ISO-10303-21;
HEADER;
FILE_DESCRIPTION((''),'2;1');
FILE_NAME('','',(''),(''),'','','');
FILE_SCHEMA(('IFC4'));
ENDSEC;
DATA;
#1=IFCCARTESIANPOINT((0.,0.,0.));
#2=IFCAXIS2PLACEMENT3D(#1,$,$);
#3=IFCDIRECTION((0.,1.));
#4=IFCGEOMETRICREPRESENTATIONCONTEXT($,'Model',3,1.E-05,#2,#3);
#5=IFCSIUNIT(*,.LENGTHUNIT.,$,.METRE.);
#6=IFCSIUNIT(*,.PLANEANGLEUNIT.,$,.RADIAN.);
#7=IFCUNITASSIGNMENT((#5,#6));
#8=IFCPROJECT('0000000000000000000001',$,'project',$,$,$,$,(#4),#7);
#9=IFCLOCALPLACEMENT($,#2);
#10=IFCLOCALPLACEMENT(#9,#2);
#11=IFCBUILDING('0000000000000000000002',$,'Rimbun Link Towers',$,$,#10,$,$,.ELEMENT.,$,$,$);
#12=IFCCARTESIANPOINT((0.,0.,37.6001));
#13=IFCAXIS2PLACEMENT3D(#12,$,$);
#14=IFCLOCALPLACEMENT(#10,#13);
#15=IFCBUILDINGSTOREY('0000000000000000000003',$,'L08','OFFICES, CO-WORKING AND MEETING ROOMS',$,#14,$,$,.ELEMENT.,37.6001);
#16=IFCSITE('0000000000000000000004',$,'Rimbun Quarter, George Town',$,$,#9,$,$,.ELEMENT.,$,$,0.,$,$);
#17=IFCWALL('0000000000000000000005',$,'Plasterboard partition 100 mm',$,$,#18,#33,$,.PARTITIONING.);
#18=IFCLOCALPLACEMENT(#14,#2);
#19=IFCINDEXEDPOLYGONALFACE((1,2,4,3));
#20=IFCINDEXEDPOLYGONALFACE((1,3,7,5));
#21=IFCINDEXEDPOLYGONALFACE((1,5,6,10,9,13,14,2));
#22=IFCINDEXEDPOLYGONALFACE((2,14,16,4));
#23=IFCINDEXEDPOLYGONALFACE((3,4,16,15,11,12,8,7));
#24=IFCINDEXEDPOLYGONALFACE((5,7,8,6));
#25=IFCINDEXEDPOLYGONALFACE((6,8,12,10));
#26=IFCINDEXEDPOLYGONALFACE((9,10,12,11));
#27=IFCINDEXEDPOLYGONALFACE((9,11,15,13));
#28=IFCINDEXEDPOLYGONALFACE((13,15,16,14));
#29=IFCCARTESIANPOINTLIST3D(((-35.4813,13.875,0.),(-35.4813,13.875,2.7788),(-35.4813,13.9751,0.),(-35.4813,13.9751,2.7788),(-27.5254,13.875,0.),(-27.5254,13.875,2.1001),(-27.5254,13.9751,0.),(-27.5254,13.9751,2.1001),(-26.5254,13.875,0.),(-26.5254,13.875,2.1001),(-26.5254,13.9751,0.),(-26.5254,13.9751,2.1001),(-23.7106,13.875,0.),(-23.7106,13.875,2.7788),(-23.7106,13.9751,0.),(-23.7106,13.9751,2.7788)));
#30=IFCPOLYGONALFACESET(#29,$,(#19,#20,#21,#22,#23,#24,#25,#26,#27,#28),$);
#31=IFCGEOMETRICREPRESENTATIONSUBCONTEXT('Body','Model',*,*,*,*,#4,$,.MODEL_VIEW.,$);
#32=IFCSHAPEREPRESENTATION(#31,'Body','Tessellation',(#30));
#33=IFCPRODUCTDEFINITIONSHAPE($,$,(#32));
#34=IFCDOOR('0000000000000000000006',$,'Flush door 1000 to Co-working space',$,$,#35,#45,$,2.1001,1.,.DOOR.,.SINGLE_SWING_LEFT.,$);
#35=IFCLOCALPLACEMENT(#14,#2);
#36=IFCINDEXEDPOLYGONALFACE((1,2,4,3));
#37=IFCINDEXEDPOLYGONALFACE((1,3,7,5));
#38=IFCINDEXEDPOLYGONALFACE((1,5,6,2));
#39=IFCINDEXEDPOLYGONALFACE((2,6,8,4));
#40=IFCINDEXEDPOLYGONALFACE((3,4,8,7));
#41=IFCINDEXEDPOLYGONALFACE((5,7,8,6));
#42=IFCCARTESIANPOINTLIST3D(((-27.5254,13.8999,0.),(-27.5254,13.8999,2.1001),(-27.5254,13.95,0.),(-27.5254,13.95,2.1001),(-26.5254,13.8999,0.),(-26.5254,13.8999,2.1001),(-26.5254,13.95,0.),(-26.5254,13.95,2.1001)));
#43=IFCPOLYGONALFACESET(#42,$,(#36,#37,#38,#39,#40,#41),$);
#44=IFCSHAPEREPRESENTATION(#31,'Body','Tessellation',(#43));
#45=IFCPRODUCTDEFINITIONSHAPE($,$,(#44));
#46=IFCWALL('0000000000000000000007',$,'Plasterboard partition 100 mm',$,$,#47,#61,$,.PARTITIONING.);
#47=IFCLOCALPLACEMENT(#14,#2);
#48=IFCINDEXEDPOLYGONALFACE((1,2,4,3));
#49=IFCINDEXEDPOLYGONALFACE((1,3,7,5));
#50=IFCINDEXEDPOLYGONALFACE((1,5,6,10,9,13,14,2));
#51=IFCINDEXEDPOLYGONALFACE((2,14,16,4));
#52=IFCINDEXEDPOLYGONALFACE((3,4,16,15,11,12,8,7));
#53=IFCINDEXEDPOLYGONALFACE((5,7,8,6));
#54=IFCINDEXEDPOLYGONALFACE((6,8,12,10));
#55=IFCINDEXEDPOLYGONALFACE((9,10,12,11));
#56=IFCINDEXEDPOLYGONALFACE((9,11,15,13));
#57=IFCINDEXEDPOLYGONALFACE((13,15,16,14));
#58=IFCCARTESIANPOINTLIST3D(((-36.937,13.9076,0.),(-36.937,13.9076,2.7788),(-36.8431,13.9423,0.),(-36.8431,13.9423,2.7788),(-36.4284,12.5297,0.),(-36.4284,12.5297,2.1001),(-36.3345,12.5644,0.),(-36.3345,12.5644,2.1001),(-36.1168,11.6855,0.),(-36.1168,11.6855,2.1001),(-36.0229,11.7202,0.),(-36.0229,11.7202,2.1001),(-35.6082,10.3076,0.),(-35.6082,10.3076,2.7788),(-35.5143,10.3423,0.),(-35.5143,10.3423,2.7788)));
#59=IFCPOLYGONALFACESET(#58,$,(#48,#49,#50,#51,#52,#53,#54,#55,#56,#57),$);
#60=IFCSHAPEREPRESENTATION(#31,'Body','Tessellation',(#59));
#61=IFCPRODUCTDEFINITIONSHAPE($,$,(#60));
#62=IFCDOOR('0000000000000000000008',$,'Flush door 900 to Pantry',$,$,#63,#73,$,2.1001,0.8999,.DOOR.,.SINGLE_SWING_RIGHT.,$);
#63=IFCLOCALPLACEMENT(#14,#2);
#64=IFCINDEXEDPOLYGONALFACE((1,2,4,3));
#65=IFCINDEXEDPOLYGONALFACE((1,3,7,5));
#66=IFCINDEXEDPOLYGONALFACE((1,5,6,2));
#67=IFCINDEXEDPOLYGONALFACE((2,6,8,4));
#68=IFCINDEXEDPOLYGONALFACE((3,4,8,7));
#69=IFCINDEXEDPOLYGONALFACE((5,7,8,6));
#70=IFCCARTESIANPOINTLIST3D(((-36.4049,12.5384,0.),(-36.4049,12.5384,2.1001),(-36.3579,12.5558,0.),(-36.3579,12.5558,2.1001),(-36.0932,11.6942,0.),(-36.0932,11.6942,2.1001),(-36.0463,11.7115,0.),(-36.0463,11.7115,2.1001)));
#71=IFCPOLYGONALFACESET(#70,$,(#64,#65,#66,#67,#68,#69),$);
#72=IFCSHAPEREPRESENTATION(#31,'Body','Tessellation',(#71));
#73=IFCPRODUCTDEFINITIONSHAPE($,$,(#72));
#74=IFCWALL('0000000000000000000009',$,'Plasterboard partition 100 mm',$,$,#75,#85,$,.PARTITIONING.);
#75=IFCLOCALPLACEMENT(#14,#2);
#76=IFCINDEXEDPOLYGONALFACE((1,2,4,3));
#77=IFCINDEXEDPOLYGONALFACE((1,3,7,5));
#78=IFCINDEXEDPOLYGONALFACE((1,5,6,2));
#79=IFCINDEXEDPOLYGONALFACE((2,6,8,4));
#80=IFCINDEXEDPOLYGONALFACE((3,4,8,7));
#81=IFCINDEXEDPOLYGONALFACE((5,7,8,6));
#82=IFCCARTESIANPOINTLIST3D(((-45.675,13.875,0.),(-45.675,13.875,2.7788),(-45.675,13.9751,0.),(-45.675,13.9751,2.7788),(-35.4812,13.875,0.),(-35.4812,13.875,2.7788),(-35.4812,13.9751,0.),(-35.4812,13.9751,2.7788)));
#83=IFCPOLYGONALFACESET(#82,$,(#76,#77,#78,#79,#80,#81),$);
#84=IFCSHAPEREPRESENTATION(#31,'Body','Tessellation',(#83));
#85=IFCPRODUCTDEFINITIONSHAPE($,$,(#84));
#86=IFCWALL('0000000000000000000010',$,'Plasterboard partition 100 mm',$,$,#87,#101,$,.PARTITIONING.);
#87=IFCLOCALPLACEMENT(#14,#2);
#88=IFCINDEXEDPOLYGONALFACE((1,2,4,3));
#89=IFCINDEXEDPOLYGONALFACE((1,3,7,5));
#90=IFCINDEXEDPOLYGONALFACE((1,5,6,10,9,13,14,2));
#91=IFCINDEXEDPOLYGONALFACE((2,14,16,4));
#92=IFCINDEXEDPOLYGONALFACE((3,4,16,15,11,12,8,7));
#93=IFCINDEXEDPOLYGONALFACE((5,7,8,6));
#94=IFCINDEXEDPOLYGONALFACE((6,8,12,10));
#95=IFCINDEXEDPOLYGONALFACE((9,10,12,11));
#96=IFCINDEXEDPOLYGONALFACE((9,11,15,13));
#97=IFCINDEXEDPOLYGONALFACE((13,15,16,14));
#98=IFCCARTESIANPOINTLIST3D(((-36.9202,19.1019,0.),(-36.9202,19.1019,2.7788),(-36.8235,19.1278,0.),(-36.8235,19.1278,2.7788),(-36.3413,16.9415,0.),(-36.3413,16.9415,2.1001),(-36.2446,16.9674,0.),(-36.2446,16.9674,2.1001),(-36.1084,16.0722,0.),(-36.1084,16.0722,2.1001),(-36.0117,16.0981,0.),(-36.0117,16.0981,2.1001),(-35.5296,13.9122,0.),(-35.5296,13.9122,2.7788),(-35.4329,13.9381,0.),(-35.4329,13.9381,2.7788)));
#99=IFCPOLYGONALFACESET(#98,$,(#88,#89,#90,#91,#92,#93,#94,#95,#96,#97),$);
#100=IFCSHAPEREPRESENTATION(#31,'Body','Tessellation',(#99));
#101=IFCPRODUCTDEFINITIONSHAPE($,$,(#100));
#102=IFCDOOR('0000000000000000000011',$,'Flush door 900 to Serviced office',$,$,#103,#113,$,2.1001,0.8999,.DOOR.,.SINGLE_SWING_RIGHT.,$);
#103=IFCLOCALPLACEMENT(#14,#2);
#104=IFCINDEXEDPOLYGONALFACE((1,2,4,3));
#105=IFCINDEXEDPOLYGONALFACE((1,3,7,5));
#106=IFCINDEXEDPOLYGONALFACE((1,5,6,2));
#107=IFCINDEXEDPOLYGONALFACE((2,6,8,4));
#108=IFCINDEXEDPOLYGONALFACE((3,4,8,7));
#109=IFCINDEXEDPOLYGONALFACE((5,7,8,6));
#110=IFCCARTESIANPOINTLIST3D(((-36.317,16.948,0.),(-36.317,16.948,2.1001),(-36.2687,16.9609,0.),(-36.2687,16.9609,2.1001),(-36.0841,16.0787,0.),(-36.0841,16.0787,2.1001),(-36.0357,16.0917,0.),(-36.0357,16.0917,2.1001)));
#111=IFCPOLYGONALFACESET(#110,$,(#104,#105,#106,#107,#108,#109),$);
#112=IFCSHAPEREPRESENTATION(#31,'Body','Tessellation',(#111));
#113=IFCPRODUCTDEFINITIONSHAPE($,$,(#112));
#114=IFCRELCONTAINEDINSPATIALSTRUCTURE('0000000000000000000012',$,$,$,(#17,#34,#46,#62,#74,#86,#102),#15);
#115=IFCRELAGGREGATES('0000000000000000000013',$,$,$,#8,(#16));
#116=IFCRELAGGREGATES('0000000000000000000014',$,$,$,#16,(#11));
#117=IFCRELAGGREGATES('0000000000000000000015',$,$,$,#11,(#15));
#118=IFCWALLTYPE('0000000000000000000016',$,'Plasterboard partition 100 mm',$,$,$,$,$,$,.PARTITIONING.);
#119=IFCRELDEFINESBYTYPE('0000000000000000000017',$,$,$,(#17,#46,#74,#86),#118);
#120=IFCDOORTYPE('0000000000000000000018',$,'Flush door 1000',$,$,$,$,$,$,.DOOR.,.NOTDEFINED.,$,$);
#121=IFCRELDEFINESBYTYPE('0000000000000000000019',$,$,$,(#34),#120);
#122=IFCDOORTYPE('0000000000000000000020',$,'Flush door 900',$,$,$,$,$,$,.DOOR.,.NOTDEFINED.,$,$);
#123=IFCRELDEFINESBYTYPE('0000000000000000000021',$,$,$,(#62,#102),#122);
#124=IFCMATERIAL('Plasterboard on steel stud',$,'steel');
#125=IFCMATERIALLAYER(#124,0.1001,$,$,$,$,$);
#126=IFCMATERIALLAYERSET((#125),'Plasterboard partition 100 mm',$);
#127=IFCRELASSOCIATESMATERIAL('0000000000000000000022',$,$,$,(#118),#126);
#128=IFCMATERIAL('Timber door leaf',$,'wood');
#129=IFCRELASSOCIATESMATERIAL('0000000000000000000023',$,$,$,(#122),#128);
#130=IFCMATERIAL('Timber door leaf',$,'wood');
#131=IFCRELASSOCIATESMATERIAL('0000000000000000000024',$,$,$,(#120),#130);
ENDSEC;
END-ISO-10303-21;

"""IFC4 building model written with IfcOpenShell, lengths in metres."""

from ifc_helpers import new_model, si_unit, direction, frame, frame_2d, origin, place, context, subcontext, project, spatial, rectangle, extrude, material, layer, layer_set, type_object, element, fill, save


model = new_model("IFC4")

# Units and contexts
model_context = context("Model", 3, precision=1e-05, world=origin(), true_north=direction((0.0, 1.0)))
body_context = subcontext(model_context, "Body", "Model", "MODEL_VIEW")
ifc_project = project(units=[si_unit("LENGTHUNIT", "METRE"), si_unit("PLANEANGLEUNIT", "RADIAN")], contexts=[model_context])

# Site, building, storey
site_placement = place(None, origin())
site = spatial("IfcSite", under=ifc_project, at=site_placement, Name="Rimbun Quarter, George Town", CompositionType="ELEMENT", RefElevation=0.0)
building_placement = place(site_placement, origin())
building = spatial("IfcBuilding", under=site, at=building_placement, Name="Rimbun Link Towers", CompositionType="ELEMENT")
storey_placement = place(building_placement, frame((0.0, 0.0, 37.6001)))
storey = spatial("IfcBuildingStorey", under=building, at=storey_placement, Name="L08", Description="OFFICES, CO-WORKING AND MEETING ROOMS", CompositionType="ELEMENT", Elevation=37.6001)

# Walls, openings, doors
ifc_material_1 = material(Name="Plasterboard on steel stud", Category="steel")
ifc_layer_1 = layer(ifc_material_1, 0.1001)
ifc_layer_set_1 = layer_set([ifc_layer_1], Name="Plasterboard partition 100 mm")
wall_type = type_object("IfcWallType", Name="Plasterboard partition 100 mm", PredefinedType="PARTITIONING", material=ifc_layer_set_1)
ifc_material_2 = material(Name="Timber door leaf", Category="wood")
door_type_1 = type_object("IfcDoorType", Name="Flush door 900", OperationType="NOTDEFINED", PredefinedType="DOOR", material=ifc_material_2)
wall_1_placement = place(storey_placement, frame((-35.4812, 13.925, 0.0), z_axis=(0.0, 0.0, 1.0), x_axis=(1.0, 0.0, 0.0)))
wall_1 = element("IfcWall", 1, at=wall_1_placement, inside=storey, type_object=wall_type, Name="Plasterboard partition 100 mm", PredefinedType="PARTITIONING", context=body_context, shape_type="SweptSolid", body=[
    extrude(rectangle(XDim=11.7708, YDim=0.1001, at=frame_2d((5.8853, 0.0))), origin(), (0.0, 0.0, 1.0), 2.7788),
])
opening_1_placement = place(wall_1_placement, frame((7.9558, 0.0, 0.0)))
opening_1 = element("IfcOpeningElement", 2, at=opening_1_placement, cuts=wall_1, PredefinedType="OPENING", context=body_context, shape_type="SweptSolid", body=[
    extrude(rectangle(XDim=1.0, YDim=2.1001, at=frame_2d((0.5, 1.05))), frame((0.0, 0.0601, 0.0), z_axis=(0.0, -1.0, 0.0), x_axis=(1.0, 0.0, 0.0)), (0.0, 0.0, 1.0), 0.1201),
])
ifc_material_3 = material(Name="Timber door leaf", Category="wood")
door_type_2 = type_object("IfcDoorType", Name="Flush door 1000", OperationType="NOTDEFINED", PredefinedType="DOOR", material=ifc_material_3)
door_1_placement = place(opening_1_placement, origin())
door_1 = element("IfcDoor", 3, at=door_1_placement, inside=storey, type_object=door_type_2, Name="Flush door 1000 to Co-working space", OperationType="SINGLE_SWING_LEFT", OverallHeight=2.1001, OverallWidth=1.0, PredefinedType="DOOR", context=body_context, shape_type="SweptSolid", body=[
    extrude(rectangle(XDim=1.0, YDim=2.1001, at=frame_2d((0.5, 1.05))), frame((0.0, 0.0249, 0.0), z_axis=(0.0, -1.0, 0.0), x_axis=(1.0, 0.0, 0.0)), (0.0, 0.0, 1.0), 0.05),
])
fill(opening_1, door_1)
wall_2_placement = place(storey_placement, frame((-35.5613, 10.325, 0.0), z_axis=(0.0, 0.0, 1.0), x_axis=(-0.34628, 0.938131, 0.0)))
wall_2 = element("IfcWall", 4, at=wall_2_placement, inside=storey, type_object=wall_type, Name="Plasterboard partition 100 mm", PredefinedType="PARTITIONING", context=body_context, shape_type="SweptSolid", body=[
    extrude(rectangle(XDim=3.8374, YDim=0.1001, at=frame_2d((1.9187, 0.0))), origin(), (0.0, 0.0, 1.0), 2.7788),
])
opening_2_placement = place(wall_2_placement, frame((1.4688, 0.0, 0.0)))
opening_2 = element("IfcOpeningElement", 5, at=opening_2_placement, cuts=wall_2, PredefinedType="OPENING", context=body_context, shape_type="SweptSolid", body=[
    extrude(rectangle(XDim=0.8999, YDim=2.1001, at=frame_2d((0.45, 1.05))), frame((0.0, 0.0601, 0.0), z_axis=(0.0, -1.0, 0.0), x_axis=(1.0, 0.0, 0.0)), (0.0, 0.0, 1.0), 0.1201),
])
door_2_placement = place(opening_2_placement, origin())
door_2 = element("IfcDoor", 6, at=door_2_placement, inside=storey, type_object=door_type_1, Name="Flush door 900 to Pantry", OperationType="SINGLE_SWING_RIGHT", OverallHeight=2.1001, OverallWidth=0.8999, PredefinedType="DOOR", context=body_context, shape_type="SweptSolid", body=[
    extrude(rectangle(XDim=0.8999, YDim=2.1001, at=frame_2d((0.45, 1.05))), frame((0.0, 0.0249, 0.0), z_axis=(0.0, -1.0, 0.0), x_axis=(1.0, 0.0, 0.0)), (0.0, 0.0, 1.0), 0.05),
])
fill(opening_2, door_2)

# Wall
wall_3_placement = place(storey_placement, frame((-35.4812, 13.925, 0.0), z_axis=(0.0, 0.0, 1.0), x_axis=(-1.0, 0.0, 0.0)))
element("IfcWall", 7, at=wall_3_placement, inside=storey, type_object=wall_type, Name="Plasterboard partition 100 mm", PredefinedType="PARTITIONING", context=body_context, shape_type="SweptSolid", body=[
    extrude(rectangle(XDim=10.1938, YDim=0.1001, at=frame_2d((5.0969, 0.0))), origin(), (0.0, 0.0, 1.0), 2.7788),
])

# Wall, opening, door
wall_4_placement = place(storey_placement, frame((-35.4812, 13.925, 0.0), z_axis=(0.0, 0.0, 1.0), x_axis=(-0.258828, 0.965924, 0.0)))
wall_4 = element("IfcWall", 8, at=wall_4_placement, inside=storey, type_object=wall_type, Name="Plasterboard partition 100 mm", PredefinedType="PARTITIONING", context=body_context, shape_type="SweptSolid", body=[
    extrude(rectangle(XDim=5.3728, YDim=0.1001, at=frame_2d((2.6865, 0.0))), origin(), (0.0, 0.0, 1.0), 2.7788),
])
opening_3_placement = place(wall_4_placement, frame((2.2363, 0.0, 0.0)))
opening_3 = element("IfcOpeningElement", 9, at=opening_3_placement, cuts=wall_4, PredefinedType="OPENING", context=body_context, shape_type="SweptSolid", body=[
    extrude(rectangle(XDim=0.8999, YDim=2.1001, at=frame_2d((0.45, 1.05))), frame((0.0, 0.0601, 0.0), z_axis=(0.0, -1.0, 0.0), x_axis=(1.0, 0.0, 0.0)), (0.0, 0.0, 1.0), 0.1201),
])
door_3_placement = place(opening_3_placement, origin())
door_3 = element("IfcDoor", 10, at=door_3_placement, inside=storey, type_object=door_type_1, Name="Flush door 900 to Serviced office", OperationType="SINGLE_SWING_RIGHT", OverallHeight=2.1001, OverallWidth=0.8999, PredefinedType="DOOR", context=body_context, shape_type="SweptSolid", body=[
    extrude(rectangle(XDim=0.8999, YDim=2.1001, at=frame_2d((0.45, 1.05))), frame((0.0, 0.0249, 0.0), z_axis=(0.0, -1.0, 0.0), x_axis=(1.0, 0.0, 0.0)), (0.0, 0.0, 1.0), 0.05),
])
fill(opening_3, door_3)

save(model, "model.ifc")
